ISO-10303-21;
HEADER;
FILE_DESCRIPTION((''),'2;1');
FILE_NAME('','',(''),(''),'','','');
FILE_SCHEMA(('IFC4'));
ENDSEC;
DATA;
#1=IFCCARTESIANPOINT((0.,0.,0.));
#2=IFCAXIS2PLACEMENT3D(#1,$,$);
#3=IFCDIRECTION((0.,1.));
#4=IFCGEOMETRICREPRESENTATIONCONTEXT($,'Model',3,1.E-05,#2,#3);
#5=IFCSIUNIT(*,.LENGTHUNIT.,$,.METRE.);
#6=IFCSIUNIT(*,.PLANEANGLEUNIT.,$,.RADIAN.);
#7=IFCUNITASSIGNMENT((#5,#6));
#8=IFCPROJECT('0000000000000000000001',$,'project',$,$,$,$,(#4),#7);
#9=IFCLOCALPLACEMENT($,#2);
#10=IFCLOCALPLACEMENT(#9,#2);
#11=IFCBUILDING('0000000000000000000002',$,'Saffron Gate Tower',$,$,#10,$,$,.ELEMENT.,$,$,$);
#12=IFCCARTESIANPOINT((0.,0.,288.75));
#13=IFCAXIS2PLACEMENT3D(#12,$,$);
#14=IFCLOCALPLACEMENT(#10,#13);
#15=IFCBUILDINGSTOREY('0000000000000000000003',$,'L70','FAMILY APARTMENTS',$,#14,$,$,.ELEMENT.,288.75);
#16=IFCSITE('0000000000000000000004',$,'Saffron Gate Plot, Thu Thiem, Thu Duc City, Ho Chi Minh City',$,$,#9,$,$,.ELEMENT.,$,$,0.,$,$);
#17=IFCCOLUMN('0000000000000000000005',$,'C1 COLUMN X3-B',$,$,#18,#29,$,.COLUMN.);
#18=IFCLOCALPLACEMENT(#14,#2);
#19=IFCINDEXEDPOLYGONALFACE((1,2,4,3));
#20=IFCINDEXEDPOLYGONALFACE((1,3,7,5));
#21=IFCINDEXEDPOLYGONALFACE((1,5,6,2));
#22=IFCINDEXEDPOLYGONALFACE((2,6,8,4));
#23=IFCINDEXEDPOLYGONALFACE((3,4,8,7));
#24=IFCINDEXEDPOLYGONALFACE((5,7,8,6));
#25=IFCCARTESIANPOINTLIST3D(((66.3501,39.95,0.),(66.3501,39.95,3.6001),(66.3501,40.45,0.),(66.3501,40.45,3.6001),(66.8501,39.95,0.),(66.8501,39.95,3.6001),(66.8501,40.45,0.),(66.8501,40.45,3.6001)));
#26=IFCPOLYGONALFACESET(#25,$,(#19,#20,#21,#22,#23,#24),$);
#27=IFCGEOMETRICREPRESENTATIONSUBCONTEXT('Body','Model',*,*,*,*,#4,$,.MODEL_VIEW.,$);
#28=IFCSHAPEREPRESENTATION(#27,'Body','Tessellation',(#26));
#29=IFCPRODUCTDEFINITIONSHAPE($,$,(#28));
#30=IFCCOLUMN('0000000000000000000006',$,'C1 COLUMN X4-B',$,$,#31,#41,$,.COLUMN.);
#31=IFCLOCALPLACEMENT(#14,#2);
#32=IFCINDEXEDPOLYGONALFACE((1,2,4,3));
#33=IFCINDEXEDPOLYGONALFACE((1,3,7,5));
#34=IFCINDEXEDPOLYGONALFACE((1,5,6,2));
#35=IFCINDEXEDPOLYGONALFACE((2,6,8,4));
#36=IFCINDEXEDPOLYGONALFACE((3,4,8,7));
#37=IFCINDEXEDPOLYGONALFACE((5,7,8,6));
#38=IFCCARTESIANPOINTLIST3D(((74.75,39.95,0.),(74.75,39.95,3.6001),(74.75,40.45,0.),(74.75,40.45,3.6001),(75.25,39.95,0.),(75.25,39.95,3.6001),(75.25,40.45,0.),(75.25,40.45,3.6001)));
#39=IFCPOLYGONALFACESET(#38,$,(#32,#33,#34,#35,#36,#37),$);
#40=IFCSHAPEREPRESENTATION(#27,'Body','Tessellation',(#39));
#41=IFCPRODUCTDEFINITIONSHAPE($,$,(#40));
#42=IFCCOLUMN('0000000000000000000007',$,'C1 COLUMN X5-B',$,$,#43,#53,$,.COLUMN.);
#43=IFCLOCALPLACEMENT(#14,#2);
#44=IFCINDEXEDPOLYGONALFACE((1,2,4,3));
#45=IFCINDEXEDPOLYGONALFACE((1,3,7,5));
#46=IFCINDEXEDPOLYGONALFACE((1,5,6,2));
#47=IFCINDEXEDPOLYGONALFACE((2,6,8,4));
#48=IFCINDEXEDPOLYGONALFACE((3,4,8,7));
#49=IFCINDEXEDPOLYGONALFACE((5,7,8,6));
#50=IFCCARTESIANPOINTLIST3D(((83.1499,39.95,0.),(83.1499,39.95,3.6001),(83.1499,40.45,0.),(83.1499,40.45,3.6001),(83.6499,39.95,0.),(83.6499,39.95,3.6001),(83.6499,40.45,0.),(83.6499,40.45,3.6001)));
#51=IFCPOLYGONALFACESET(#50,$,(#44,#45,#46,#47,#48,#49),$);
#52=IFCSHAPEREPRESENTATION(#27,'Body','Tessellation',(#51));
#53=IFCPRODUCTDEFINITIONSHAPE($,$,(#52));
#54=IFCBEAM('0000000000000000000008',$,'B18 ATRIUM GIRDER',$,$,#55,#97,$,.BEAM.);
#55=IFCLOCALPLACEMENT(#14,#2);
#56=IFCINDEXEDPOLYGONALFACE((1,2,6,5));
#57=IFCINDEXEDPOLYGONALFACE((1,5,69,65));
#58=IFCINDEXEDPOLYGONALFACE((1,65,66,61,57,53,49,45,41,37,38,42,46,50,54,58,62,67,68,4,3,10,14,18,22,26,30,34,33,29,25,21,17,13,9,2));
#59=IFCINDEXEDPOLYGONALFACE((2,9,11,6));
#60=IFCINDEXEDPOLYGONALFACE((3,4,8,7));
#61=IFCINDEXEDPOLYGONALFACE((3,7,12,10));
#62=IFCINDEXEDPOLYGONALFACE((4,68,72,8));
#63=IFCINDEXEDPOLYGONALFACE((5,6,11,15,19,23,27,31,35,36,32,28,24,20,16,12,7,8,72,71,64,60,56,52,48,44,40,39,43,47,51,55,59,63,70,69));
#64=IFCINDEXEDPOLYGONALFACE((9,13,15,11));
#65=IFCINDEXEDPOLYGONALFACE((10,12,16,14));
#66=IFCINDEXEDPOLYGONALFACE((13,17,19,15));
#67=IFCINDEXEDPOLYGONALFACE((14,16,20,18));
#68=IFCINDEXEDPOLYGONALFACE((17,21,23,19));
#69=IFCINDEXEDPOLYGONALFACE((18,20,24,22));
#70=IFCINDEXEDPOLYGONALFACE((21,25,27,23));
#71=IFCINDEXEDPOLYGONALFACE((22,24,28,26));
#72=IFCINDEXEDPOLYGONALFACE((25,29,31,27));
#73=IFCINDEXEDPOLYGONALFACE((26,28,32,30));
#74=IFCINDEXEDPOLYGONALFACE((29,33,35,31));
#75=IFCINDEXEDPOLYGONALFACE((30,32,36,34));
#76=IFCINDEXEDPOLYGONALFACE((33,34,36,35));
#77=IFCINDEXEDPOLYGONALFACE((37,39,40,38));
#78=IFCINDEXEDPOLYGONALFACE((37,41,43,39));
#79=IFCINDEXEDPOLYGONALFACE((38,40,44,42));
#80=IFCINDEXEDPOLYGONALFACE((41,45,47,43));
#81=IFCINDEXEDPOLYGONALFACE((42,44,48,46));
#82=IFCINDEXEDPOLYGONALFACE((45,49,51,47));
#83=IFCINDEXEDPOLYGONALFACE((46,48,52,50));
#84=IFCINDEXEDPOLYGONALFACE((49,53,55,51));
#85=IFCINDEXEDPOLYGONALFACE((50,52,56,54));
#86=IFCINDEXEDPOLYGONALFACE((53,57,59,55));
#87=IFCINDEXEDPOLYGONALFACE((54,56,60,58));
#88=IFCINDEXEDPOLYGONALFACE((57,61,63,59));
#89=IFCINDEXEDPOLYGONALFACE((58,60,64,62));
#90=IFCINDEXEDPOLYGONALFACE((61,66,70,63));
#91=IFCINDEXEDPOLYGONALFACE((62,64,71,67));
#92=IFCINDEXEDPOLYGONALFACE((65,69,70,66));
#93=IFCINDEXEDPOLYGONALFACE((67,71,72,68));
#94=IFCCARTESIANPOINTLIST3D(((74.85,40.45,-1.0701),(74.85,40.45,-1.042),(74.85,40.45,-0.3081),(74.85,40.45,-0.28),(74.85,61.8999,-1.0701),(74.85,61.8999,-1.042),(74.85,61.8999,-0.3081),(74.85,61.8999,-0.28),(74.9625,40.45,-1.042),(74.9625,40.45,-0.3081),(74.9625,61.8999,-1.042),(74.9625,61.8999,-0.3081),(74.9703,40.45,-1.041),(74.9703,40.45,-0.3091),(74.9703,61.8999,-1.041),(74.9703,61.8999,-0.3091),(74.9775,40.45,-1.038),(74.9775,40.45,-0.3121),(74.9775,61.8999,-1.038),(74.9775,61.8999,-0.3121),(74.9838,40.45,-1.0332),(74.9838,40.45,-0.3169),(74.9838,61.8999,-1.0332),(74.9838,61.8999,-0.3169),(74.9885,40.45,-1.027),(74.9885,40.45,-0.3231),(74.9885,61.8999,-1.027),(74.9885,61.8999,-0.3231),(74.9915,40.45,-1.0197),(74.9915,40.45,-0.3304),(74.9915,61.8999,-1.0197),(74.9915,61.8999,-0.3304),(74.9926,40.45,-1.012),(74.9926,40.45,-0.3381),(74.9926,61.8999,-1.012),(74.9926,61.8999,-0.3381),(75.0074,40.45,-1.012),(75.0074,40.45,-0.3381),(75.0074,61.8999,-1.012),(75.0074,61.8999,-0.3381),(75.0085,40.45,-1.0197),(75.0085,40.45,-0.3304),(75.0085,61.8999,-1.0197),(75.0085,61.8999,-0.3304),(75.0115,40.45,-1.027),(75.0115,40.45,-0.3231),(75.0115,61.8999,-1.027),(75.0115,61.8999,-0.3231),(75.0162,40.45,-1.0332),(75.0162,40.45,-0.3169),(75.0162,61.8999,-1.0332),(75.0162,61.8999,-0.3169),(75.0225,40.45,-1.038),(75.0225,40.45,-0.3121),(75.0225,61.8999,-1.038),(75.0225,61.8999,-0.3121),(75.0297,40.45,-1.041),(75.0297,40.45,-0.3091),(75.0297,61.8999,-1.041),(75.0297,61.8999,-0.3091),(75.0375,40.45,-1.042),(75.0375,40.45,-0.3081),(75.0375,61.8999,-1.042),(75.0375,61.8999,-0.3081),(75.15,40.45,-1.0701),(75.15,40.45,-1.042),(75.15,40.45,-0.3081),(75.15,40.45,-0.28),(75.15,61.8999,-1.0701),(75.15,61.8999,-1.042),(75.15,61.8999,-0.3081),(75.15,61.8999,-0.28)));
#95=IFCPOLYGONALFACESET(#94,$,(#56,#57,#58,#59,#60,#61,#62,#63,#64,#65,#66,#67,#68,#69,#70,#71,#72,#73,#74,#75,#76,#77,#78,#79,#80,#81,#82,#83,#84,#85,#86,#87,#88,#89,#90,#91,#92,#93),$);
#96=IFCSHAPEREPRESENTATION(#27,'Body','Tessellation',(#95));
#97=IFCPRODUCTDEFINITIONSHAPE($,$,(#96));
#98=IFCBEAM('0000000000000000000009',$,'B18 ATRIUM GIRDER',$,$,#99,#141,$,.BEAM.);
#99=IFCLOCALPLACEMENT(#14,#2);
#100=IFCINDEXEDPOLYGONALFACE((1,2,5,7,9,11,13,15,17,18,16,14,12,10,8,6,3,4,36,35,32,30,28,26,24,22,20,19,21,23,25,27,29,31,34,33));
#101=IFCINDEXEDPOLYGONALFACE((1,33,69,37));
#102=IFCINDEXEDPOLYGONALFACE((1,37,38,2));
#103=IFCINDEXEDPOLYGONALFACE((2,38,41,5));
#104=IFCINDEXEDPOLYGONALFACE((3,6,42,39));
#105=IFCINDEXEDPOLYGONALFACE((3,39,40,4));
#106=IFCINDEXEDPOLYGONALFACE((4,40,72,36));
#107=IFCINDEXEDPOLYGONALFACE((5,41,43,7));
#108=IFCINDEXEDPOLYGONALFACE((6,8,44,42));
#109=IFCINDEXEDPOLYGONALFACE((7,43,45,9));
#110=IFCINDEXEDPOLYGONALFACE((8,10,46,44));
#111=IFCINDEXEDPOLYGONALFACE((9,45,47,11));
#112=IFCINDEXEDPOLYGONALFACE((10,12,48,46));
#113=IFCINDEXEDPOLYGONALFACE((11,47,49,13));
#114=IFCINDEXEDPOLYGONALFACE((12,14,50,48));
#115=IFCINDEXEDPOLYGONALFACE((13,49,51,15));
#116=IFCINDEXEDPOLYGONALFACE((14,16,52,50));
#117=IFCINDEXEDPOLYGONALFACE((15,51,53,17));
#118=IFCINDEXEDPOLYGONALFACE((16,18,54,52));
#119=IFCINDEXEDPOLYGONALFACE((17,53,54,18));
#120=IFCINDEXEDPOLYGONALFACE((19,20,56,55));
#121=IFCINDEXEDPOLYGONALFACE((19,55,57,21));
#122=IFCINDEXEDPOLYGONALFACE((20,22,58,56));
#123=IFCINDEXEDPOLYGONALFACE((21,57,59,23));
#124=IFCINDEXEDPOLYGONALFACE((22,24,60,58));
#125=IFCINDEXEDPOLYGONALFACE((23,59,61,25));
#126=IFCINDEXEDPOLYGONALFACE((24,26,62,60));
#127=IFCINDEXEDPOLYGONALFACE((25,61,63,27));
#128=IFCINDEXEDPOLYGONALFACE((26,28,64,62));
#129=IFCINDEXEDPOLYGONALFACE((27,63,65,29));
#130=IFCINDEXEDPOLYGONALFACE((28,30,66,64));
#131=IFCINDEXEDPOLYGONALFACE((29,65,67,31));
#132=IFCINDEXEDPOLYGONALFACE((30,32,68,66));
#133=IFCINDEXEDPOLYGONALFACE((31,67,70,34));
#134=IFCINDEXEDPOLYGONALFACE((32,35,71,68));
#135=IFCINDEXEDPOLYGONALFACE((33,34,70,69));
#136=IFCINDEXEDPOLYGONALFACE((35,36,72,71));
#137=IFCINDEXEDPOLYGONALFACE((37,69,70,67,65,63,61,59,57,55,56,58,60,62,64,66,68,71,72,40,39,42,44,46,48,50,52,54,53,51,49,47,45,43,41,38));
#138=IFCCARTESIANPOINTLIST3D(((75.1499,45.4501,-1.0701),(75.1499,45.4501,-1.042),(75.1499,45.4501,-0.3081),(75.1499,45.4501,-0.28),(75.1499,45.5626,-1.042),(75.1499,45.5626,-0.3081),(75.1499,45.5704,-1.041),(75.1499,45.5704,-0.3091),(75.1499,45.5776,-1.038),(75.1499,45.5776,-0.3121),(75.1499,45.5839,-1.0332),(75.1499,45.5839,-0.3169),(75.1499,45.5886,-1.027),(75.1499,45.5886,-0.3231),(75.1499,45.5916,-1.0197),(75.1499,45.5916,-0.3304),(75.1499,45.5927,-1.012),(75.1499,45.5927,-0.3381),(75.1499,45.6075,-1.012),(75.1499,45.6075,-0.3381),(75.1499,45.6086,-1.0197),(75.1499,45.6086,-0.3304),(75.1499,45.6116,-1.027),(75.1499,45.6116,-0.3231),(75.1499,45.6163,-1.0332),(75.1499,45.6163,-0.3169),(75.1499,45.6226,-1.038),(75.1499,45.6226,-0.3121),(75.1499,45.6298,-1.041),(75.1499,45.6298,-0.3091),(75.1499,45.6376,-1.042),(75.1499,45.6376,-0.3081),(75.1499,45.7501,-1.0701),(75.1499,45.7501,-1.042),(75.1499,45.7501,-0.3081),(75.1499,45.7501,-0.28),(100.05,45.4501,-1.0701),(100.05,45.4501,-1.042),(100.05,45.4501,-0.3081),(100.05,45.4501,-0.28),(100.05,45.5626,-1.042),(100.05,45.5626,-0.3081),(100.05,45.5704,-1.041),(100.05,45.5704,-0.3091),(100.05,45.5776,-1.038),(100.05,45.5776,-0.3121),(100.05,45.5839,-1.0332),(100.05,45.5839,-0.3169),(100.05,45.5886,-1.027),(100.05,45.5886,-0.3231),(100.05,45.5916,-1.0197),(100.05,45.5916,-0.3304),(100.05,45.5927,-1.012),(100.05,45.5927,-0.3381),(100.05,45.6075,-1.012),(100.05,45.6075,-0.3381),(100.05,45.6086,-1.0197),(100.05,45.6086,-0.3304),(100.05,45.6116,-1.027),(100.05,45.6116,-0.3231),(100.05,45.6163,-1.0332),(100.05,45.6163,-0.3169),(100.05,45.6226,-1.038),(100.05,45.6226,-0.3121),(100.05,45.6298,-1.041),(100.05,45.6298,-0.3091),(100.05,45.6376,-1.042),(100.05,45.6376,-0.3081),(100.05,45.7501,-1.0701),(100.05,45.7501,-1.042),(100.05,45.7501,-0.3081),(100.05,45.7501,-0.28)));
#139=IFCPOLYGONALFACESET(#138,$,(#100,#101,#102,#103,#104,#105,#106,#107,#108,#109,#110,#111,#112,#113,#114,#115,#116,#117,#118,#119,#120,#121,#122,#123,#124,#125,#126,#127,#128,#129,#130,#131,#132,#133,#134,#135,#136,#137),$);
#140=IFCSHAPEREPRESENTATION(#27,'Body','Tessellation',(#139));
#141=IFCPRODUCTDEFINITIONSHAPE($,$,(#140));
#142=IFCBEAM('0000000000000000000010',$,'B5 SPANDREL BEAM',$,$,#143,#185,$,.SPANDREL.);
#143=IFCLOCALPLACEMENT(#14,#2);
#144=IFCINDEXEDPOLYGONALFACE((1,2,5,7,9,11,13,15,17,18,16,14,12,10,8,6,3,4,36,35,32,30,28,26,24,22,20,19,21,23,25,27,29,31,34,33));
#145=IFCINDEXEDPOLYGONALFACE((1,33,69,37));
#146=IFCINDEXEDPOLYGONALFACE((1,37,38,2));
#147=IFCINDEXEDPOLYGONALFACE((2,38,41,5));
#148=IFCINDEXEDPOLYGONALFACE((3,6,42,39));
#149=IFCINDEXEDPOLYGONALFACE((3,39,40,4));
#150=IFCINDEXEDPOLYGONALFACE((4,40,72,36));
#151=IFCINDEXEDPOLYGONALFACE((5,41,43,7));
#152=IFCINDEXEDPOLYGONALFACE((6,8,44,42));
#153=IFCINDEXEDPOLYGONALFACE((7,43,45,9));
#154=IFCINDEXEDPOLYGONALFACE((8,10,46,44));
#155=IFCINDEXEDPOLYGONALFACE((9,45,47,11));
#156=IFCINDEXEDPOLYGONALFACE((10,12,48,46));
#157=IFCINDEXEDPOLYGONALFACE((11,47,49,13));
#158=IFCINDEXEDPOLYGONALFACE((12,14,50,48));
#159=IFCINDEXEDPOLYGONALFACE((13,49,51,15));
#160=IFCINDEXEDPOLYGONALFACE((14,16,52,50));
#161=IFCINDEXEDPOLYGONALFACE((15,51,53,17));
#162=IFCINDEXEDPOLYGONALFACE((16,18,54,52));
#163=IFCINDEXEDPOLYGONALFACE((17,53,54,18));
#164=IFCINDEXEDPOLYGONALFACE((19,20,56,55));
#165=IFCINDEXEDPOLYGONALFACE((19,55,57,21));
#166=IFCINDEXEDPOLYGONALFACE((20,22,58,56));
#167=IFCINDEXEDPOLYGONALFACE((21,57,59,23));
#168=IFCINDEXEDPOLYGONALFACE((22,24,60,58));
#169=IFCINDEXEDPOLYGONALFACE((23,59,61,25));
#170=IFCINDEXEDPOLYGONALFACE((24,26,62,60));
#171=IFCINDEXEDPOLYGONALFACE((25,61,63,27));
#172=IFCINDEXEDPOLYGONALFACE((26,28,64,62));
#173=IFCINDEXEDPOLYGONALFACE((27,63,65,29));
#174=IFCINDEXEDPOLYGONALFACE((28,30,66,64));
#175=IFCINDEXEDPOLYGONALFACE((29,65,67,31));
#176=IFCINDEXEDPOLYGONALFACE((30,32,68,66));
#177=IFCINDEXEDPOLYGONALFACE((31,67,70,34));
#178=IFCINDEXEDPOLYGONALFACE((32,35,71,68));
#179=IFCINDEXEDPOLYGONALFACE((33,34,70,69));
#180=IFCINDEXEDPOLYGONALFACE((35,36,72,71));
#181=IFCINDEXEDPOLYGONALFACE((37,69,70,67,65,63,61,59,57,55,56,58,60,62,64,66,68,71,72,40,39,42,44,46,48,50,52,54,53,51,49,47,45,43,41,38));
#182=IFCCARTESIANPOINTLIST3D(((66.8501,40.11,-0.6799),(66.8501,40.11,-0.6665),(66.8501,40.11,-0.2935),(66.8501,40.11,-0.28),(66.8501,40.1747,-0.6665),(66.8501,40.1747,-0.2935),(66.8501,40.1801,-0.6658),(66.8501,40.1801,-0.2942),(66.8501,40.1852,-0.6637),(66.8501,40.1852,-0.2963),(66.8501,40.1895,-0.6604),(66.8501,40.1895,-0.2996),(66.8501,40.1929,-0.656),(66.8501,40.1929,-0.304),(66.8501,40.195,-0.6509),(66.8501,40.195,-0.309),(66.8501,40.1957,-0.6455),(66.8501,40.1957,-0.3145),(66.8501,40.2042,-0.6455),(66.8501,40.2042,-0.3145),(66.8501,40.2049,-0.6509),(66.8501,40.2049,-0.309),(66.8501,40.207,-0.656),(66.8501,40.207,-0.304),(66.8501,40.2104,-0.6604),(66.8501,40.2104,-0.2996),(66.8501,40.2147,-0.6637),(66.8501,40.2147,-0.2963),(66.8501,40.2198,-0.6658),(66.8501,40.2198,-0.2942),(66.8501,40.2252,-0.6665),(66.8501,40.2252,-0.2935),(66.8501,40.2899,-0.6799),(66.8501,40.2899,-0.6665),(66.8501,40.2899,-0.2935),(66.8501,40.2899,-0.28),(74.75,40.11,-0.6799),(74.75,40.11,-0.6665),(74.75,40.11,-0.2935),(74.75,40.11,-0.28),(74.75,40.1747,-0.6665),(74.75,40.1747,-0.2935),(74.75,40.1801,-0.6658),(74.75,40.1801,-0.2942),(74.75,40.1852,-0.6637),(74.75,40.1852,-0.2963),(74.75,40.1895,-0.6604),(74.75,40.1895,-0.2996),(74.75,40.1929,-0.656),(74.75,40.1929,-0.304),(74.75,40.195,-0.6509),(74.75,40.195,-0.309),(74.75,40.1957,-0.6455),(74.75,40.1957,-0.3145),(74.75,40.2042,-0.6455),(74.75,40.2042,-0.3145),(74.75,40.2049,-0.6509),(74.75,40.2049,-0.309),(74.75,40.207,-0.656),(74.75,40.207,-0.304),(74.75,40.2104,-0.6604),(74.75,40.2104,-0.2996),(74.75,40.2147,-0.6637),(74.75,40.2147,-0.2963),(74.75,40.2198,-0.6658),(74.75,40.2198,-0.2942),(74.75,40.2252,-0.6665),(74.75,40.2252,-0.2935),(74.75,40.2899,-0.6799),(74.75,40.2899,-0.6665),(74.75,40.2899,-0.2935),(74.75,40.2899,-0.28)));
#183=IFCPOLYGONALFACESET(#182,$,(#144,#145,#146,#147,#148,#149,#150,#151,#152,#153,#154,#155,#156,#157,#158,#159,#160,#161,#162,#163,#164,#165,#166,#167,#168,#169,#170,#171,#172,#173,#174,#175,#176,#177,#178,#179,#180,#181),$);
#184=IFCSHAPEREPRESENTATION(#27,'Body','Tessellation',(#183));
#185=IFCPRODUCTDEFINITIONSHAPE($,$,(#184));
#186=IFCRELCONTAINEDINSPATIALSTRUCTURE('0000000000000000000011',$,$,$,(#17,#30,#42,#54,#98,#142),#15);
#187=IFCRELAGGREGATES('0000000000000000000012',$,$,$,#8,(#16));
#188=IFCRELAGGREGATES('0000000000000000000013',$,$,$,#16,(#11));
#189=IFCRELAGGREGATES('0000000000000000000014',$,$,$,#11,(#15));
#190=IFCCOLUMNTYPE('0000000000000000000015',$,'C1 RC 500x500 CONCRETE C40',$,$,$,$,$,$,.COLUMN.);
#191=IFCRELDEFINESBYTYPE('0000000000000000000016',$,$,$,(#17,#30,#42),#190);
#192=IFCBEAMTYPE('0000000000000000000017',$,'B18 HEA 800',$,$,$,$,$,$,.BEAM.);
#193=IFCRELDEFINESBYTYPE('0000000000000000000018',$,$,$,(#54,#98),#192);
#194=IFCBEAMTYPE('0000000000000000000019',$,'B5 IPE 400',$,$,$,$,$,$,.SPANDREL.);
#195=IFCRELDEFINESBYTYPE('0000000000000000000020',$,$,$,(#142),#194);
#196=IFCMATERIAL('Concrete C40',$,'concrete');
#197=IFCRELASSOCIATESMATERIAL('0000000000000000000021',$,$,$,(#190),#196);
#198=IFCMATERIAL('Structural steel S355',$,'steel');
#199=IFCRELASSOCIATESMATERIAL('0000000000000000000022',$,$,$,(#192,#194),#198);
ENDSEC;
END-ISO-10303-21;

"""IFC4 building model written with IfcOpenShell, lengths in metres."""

from ifc_helpers import new_model, si_unit, direction, frame, origin, origin_2d, place, context, subcontext, project, spatial, rectangle, i_section, extrude, material, material_profile, profile_set, type_object, element, save


model = new_model("IFC4")

# Units and contexts
model_context = context("Model", 3, precision=1e-05, world=origin(), true_north=direction((0.0, 1.0)))
body_context = subcontext(model_context, "Body", "Model", "MODEL_VIEW")
ifc_project = project(units=[si_unit("LENGTHUNIT", "METRE"), si_unit("PLANEANGLEUNIT", "RADIAN")], contexts=[model_context])

# Site, building, storey
site_placement = place(None, origin())
site = spatial("IfcSite", under=ifc_project, at=site_placement, Name="Saffron Gate Plot, Thu Thiem, Thu Duc City, Ho Chi Minh City", CompositionType="ELEMENT", RefElevation=0.0)
building_placement = place(site_placement, origin())
building = spatial("IfcBuilding", under=site, at=building_placement, Name="Saffron Gate Tower", CompositionType="ELEMENT")
storey_placement = place(building_placement, frame((0.0, 0.0, 288.75)))
storey = spatial("IfcBuildingStorey", under=building, at=storey_placement, Name="L70", Description="FAMILY APARTMENTS", CompositionType="ELEMENT", Elevation=288.75)

# Columns
ifc_material_1 = material(Name="Concrete C40", Category="concrete")
ifc_material_profile_1 = material_profile(ifc_material_1, rectangle(XDim=0.5, YDim=0.5, at=origin_2d()))
ifc_profile_set_1 = profile_set([ifc_material_profile_1], Name="Concrete C40")
column_type = type_object("IfcColumnType", Name="C1 RC 500x500 CONCRETE C40", PredefinedType="COLUMN", material=ifc_profile_set_1)
for number, where, z_axis, x_axis, name in (
    (1, (66.6001, 40.2, 0.0), (0.0, 0.0, 1.0), (1.0, 0.0, 0.0), "C1 COLUMN X3-B"),
    (2, (75.0, 40.2, 0.0), (0.0, 0.0, 1.0), (1.0, 0.0, 0.0), "C1 COLUMN X4-B"),
    (3, (83.3999, 40.2, 0.0), (0.0, 0.0, 1.0), (1.0, 0.0, 0.0), "C1 COLUMN X5-B"),
):
    element("IfcColumn", number, at=place(storey_placement, frame(where, z_axis=z_axis, x_axis=x_axis)), inside=storey, type_object=column_type, Name=name, PredefinedType="COLUMN", context=body_context, shape_type="SweptSolid", body=[
        extrude(rectangle(XDim=0.5, YDim=0.5, at=origin_2d()), origin(), (0.0, 0.0, 1.0), 3.6001),
    ])

# Beams
ifc_material_2 = material(Name="Structural steel S355", Category="steel")
ifc_material_profile_2 = material_profile(ifc_material_2, i_section(OverallWidth=0.3, OverallDepth=0.79, WebThickness=0.0149, FlangeThickness=0.0281, FilletRadius=0.03, at=origin_2d()))
ifc_profile_set_2 = profile_set([ifc_material_profile_2], Name="Structural steel S355")
beam_type_1 = type_object("IfcBeamType", Name="B18 HEA 800", PredefinedType="BEAM", material=ifc_profile_set_2)
beam_1_placement = place(storey_placement, frame((75.0, 40.45, -0.675), z_axis=(0.0, 1.0, 0.0), x_axis=(-1.0, 0.0, 0.0)))
element("IfcBeam", 4, at=beam_1_placement, inside=storey, type_object=beam_type_1, Name="B18 ATRIUM GIRDER", PredefinedType="BEAM", context=body_context, shape_type="SweptSolid", body=[
    extrude(i_section(OverallWidth=0.3, OverallDepth=0.79, WebThickness=0.0149, FlangeThickness=0.0281, FilletRadius=0.03, at=origin_2d()), origin(), (0.0, 0.0, 1.0), 21.45),
])
beam_2_placement = place(storey_placement, frame((75.1499, 45.6001, -0.675), z_axis=(1.0, 0.0, 0.0), x_axis=(0.0, 1.0, 0.0)))
element("IfcBeam", 5, at=beam_2_placement, inside=storey, type_object=beam_type_1, Name="B18 ATRIUM GIRDER", PredefinedType="BEAM", context=body_context, shape_type="SweptSolid", body=[
    extrude(i_section(OverallWidth=0.3, OverallDepth=0.79, WebThickness=0.0149, FlangeThickness=0.0281, FilletRadius=0.03, at=origin_2d()), origin(), (0.0, 0.0, 1.0), 24.9001),
])
ifc_material_profile_3 = material_profile(ifc_material_2, i_section(OverallWidth=0.1799, OverallDepth=0.3999, WebThickness=0.0085, FlangeThickness=0.0134, FilletRadius=0.021, at=origin_2d()))
ifc_profile_set_3 = profile_set([ifc_material_profile_3], Name="Structural steel S355")
beam_type_2 = type_object("IfcBeamType", Name="B5 IPE 400", PredefinedType="SPANDREL", material=ifc_profile_set_3)
for number, where, z_axis, x_axis, name in (
    (6, (66.8501, 40.2, -0.48), (1.0, 0.0, 0.0), (0.0, 1.0, 0.0), "B5 SPANDREL BEAM"),
):
    element("IfcBeam", number, at=place(storey_placement, frame(where, z_axis=z_axis, x_axis=x_axis)), inside=storey, type_object=beam_type_2, Name=name, PredefinedType="SPANDREL", context=body_context, shape_type="SweptSolid", body=[
        extrude(i_section(OverallWidth=0.1799, OverallDepth=0.3999, WebThickness=0.0085, FlangeThickness=0.0134, FilletRadius=0.021, at=origin_2d()), origin(), (0.0, 0.0, 1.0), 7.8999),
    ])

save(model, "model.ifc")
